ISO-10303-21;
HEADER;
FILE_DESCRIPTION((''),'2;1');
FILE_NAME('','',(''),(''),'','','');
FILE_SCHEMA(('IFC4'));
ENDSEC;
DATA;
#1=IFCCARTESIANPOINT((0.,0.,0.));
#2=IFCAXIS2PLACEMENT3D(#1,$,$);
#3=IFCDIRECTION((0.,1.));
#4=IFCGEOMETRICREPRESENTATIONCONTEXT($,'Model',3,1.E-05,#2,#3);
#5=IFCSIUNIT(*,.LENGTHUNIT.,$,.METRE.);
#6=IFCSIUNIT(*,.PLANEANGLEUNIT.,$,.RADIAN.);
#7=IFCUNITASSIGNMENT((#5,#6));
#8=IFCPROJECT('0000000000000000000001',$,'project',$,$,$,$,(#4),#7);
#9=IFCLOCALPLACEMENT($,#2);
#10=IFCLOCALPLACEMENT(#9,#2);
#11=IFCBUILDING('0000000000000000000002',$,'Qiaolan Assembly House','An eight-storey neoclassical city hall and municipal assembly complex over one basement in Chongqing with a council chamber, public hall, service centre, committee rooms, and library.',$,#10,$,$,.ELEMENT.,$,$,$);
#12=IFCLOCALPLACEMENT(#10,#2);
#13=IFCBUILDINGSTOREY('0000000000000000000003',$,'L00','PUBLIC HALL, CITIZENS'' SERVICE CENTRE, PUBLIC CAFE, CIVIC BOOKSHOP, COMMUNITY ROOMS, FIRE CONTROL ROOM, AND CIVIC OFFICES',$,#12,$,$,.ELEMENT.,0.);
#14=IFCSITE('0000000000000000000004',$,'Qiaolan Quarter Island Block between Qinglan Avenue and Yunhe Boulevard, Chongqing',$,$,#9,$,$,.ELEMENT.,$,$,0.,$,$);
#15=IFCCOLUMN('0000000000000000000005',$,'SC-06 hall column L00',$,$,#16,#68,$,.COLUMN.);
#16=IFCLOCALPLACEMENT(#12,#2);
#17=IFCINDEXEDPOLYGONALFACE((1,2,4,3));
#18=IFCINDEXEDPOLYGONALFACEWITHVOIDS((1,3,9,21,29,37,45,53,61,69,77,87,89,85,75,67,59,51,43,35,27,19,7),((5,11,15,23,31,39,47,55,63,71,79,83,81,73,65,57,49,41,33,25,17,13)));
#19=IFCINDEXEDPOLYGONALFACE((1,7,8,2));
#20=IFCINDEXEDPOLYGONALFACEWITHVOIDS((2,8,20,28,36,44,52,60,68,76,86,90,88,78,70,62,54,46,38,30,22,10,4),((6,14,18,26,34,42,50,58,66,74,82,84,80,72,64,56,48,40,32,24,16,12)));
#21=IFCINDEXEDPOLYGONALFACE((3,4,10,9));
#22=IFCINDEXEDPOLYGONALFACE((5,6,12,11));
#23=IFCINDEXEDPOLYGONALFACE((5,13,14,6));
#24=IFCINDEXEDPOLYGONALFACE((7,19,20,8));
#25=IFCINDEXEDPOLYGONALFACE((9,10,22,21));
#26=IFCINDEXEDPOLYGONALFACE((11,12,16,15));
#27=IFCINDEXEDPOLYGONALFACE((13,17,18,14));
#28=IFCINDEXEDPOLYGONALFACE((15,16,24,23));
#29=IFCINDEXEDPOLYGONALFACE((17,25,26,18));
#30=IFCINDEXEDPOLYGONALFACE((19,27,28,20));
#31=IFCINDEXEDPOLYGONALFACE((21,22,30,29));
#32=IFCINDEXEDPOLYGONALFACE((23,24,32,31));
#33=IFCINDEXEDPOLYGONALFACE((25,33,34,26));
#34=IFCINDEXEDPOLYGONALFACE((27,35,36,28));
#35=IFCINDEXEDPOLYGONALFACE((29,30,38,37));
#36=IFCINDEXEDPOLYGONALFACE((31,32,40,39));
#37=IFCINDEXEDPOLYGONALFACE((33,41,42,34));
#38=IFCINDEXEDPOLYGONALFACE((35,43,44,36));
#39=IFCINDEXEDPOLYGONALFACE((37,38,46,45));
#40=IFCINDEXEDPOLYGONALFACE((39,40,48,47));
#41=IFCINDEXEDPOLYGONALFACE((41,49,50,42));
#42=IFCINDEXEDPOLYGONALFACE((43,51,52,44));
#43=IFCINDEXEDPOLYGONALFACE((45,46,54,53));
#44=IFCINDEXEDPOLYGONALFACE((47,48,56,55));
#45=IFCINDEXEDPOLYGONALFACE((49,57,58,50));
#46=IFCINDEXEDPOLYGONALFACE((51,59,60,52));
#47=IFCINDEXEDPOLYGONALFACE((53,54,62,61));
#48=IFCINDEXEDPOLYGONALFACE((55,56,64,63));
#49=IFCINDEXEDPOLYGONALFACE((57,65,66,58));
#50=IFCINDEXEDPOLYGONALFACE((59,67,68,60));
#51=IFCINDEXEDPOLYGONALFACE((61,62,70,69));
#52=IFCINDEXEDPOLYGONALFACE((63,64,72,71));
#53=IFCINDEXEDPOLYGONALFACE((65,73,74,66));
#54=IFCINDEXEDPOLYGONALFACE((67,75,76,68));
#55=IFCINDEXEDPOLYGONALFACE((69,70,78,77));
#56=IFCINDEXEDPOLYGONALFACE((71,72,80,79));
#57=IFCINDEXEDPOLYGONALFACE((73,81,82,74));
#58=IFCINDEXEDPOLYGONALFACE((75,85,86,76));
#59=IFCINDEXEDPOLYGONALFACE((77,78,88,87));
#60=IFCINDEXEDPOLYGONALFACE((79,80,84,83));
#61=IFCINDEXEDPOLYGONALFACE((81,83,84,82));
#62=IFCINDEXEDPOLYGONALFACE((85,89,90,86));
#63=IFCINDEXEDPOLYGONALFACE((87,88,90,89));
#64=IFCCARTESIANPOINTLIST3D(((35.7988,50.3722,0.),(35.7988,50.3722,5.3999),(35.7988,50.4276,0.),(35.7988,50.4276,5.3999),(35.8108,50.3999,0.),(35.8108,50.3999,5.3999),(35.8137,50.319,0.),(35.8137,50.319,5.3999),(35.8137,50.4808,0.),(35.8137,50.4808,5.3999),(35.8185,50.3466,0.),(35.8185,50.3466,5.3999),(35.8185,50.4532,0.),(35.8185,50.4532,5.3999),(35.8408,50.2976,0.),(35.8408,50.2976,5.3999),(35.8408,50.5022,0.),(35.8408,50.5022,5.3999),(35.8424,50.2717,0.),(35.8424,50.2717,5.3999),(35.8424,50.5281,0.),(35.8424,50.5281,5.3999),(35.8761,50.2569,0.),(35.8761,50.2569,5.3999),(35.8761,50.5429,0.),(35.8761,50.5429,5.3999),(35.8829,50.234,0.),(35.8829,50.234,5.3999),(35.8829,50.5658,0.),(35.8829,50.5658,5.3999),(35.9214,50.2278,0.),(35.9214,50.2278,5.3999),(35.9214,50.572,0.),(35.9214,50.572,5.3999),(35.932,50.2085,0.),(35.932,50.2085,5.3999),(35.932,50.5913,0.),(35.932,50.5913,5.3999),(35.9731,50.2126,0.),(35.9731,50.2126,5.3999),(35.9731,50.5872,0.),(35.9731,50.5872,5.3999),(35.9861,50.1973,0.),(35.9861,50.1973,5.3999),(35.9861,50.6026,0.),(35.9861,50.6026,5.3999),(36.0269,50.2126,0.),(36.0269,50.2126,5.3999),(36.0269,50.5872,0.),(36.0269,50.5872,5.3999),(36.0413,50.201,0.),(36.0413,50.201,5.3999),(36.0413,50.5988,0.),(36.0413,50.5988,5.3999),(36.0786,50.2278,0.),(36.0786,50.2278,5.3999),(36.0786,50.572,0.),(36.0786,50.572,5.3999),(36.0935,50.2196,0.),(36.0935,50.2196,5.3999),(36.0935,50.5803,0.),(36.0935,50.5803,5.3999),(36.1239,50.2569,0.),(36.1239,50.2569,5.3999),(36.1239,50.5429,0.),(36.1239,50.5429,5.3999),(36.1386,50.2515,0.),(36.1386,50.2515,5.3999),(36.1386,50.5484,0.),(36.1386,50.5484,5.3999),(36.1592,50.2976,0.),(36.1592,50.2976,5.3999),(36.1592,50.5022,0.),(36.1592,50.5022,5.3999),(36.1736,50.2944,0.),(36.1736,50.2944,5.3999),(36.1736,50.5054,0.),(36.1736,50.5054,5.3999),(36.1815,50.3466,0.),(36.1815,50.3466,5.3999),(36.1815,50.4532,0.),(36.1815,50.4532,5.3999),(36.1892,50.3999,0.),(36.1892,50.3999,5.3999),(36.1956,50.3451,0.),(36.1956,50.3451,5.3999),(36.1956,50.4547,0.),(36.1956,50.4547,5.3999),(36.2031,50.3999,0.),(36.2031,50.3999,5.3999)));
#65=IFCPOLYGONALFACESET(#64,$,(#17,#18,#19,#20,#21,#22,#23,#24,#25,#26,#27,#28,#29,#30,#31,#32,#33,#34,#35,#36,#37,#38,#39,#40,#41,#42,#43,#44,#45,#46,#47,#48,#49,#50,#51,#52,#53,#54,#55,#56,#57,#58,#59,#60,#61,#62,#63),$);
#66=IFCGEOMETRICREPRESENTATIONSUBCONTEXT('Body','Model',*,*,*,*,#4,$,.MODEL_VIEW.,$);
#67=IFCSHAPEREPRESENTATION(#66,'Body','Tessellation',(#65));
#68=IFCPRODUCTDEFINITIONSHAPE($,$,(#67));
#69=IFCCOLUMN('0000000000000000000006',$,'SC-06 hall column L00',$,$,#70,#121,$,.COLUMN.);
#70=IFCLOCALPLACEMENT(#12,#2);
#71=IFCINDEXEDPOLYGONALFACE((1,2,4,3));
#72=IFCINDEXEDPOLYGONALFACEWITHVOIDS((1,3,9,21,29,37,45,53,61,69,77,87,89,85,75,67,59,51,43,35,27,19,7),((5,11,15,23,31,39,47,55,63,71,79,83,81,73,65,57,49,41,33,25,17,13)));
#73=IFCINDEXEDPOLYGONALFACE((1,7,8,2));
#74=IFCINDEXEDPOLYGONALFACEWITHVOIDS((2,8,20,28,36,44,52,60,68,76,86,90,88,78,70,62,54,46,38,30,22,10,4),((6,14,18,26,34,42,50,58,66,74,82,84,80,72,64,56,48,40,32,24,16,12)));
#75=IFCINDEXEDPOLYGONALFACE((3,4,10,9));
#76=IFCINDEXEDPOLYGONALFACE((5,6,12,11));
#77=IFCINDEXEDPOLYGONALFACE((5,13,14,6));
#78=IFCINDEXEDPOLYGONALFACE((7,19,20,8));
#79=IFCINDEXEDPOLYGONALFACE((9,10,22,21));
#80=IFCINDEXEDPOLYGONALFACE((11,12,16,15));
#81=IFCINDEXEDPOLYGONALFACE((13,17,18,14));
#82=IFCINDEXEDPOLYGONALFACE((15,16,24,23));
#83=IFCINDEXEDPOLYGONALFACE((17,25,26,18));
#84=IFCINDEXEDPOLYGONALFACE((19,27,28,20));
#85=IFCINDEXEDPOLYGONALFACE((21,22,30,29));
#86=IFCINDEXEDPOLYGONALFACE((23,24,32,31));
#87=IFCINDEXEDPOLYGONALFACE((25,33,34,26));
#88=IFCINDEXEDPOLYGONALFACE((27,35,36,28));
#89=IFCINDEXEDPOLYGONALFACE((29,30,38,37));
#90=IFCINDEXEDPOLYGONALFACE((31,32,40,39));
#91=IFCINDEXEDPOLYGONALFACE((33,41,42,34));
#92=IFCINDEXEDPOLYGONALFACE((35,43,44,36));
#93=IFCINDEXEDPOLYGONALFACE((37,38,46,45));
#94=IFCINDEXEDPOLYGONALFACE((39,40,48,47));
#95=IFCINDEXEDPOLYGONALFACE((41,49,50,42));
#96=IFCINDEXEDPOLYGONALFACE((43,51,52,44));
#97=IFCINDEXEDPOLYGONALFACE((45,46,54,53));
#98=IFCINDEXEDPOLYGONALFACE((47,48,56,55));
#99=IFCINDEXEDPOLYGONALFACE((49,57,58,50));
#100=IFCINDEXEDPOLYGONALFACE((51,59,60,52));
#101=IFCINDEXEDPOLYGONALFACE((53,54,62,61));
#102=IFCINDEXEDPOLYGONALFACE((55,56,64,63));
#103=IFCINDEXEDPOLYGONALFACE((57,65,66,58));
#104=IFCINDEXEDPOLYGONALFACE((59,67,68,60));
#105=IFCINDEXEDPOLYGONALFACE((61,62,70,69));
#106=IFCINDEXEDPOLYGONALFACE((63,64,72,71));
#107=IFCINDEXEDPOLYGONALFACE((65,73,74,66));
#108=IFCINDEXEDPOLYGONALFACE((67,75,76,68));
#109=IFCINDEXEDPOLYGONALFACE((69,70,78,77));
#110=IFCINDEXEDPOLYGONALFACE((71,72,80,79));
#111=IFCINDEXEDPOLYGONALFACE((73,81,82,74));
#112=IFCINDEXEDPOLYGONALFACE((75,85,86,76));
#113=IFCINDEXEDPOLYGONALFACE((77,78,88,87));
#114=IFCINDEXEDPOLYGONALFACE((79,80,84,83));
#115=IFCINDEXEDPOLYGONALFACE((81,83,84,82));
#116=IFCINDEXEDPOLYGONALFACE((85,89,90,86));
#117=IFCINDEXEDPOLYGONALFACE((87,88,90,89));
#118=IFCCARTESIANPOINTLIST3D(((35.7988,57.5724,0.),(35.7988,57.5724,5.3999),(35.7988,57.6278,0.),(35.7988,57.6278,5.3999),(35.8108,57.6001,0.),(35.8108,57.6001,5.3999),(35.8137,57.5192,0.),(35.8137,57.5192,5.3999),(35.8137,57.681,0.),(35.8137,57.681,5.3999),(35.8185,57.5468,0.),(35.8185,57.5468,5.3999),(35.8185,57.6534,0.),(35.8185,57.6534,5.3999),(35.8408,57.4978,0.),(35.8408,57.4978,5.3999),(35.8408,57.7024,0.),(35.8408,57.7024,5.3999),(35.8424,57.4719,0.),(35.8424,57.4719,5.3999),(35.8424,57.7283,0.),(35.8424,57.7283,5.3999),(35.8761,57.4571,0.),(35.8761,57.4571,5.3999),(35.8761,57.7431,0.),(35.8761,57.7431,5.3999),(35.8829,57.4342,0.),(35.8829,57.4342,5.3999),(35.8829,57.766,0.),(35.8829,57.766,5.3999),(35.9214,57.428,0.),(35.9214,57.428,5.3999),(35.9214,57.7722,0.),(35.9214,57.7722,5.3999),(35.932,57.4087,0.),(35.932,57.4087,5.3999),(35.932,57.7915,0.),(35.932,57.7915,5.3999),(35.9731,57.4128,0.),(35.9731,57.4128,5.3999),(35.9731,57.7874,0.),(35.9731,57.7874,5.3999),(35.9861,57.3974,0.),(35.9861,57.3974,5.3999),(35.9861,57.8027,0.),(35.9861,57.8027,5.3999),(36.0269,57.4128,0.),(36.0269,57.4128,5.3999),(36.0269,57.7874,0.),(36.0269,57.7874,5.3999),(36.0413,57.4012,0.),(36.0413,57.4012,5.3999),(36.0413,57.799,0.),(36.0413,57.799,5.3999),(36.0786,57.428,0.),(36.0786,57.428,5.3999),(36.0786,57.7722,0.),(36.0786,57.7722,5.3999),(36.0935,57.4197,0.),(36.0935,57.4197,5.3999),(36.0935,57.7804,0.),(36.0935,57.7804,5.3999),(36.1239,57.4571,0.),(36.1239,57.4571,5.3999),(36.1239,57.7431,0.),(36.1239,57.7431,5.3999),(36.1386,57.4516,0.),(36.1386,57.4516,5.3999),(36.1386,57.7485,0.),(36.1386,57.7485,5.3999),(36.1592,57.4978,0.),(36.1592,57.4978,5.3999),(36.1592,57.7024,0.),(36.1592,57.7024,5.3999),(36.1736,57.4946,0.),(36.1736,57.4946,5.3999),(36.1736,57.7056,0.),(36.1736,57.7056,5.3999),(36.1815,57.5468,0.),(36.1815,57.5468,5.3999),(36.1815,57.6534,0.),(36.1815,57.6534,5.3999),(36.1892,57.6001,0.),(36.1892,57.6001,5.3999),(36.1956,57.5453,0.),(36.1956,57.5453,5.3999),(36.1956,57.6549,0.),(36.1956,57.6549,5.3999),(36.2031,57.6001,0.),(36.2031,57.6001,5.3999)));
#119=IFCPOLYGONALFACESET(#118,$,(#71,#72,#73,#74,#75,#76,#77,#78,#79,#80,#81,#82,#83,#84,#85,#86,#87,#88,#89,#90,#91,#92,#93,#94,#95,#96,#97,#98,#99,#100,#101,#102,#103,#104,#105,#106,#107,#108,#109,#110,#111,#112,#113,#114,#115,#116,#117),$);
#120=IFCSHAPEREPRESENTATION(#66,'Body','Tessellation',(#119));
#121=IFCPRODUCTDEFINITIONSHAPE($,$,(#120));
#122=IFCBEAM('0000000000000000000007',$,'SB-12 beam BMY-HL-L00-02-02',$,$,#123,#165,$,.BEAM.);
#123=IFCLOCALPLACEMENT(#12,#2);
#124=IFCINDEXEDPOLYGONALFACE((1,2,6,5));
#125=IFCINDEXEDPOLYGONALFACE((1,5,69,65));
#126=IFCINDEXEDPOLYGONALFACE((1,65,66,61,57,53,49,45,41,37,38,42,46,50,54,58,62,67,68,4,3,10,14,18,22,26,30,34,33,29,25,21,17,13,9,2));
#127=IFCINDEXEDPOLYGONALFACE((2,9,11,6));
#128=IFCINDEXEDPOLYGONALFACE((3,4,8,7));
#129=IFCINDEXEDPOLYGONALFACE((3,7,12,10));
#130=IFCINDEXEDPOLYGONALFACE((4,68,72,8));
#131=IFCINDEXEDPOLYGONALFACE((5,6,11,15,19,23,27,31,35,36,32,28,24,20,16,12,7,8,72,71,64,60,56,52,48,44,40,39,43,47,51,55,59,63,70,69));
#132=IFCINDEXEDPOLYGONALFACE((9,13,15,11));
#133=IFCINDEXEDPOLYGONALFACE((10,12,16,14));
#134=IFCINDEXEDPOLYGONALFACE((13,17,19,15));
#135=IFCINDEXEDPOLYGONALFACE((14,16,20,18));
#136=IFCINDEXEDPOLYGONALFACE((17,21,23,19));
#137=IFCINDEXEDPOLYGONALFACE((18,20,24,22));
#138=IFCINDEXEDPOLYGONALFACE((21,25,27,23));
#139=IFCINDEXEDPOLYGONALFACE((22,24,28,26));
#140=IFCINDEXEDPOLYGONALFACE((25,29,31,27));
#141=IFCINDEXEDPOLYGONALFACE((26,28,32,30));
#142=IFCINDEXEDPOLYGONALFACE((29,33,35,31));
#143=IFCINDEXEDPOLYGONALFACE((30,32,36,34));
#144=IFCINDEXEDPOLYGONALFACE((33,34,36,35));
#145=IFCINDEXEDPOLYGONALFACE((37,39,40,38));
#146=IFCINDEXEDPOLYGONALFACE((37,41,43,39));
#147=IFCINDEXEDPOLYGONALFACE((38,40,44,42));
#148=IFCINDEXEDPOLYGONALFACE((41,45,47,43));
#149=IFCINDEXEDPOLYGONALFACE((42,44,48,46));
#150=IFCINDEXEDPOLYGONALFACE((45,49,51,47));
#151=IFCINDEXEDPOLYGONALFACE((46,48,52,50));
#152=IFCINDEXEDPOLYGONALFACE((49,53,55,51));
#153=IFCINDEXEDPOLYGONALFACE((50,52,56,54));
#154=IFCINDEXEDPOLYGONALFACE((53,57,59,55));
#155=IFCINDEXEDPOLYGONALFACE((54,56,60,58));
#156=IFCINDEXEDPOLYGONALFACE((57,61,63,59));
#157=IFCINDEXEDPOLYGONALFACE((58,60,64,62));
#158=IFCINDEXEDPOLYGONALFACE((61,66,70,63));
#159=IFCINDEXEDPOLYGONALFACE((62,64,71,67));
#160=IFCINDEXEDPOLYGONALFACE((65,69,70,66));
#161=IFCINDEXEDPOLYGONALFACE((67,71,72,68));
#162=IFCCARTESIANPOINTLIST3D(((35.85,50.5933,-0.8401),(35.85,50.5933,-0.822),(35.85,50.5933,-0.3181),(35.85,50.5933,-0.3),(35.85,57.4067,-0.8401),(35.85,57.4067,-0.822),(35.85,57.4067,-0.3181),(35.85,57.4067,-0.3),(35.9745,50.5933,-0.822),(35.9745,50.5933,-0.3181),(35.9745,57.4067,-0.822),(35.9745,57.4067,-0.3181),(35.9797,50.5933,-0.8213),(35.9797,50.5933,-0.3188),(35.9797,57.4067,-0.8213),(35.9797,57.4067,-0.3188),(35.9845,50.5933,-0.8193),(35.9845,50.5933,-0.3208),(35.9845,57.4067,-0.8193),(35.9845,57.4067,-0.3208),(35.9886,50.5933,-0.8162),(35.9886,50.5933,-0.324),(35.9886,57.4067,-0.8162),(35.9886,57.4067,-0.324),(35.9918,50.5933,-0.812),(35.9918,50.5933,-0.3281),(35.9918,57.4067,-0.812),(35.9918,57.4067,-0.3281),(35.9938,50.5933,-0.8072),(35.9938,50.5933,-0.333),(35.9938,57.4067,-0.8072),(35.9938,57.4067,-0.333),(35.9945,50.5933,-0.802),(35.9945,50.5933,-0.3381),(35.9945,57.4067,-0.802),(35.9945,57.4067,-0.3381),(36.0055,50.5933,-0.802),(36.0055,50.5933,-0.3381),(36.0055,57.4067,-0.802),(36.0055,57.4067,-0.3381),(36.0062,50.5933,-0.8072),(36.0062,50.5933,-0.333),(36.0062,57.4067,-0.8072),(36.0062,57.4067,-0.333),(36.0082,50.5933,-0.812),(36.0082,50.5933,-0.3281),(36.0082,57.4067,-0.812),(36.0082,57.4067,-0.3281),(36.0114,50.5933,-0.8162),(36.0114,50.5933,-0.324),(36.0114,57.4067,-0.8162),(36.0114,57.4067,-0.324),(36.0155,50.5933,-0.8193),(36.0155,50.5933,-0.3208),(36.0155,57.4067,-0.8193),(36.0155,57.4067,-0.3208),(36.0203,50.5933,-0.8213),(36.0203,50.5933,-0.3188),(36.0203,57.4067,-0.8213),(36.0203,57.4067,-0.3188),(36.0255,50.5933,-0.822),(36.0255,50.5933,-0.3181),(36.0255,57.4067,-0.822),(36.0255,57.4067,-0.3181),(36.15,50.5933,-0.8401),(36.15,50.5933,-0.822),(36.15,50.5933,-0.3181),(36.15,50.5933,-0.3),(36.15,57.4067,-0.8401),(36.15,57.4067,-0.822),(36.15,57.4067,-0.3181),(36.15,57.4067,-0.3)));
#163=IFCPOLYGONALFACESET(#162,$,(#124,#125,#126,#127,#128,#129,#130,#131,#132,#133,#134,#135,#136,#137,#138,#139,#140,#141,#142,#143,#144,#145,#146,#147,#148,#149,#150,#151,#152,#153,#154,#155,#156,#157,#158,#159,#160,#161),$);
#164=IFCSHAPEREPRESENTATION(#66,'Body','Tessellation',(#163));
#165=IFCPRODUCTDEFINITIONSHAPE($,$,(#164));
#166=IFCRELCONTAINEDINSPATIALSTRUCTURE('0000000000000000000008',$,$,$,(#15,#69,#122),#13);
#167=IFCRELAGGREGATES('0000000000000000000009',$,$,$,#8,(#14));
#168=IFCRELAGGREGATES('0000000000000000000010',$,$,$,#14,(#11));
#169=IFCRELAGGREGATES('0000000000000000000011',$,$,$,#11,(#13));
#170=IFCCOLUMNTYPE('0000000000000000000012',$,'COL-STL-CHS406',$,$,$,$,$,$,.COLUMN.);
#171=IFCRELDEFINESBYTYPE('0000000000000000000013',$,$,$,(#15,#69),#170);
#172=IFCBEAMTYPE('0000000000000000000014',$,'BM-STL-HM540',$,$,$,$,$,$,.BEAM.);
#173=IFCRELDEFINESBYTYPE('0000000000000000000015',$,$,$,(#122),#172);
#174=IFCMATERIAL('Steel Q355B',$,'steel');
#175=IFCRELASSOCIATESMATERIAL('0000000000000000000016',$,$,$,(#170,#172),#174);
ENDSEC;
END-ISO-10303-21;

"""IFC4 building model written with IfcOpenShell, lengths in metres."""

from ifc_helpers import new_model, si_unit, direction, frame, origin, origin_2d, place, context, subcontext, project, spatial, hollow_circle, i_section, extrude, material, material_profile, profile_set, type_object, element, save


model = new_model("IFC4")

# Units and contexts
model_context = context("Model", 3, precision=1e-05, world=origin(), true_north=direction((0.0, 1.0)))
body_context = subcontext(model_context, "Body", "Model", "MODEL_VIEW")
ifc_project = project(units=[si_unit("LENGTHUNIT", "METRE"), si_unit("PLANEANGLEUNIT", "RADIAN")], contexts=[model_context])

# Site, building, storey
site_placement = place(None, origin())
site = spatial("IfcSite", under=ifc_project, at=site_placement, Name="Qiaolan Quarter Island Block between Qinglan Avenue and Yunhe Boulevard, Chongqing", CompositionType="ELEMENT", RefElevation=0.0)
building_placement = place(site_placement, origin())
building = spatial("IfcBuilding", under=site, at=building_placement, Name="Qiaolan Assembly House", Description="An eight-storey neoclassical city hall and municipal assembly complex over one basement in Chongqing with a council chamber, public hall, service centre, committee rooms, and library.", CompositionType="ELEMENT")
storey_placement = place(building_placement, origin())
storey = spatial("IfcBuildingStorey", under=building, at=storey_placement, Name="L00", Description="PUBLIC HALL, CITIZENS' SERVICE CENTRE, PUBLIC CAFE, CIVIC BOOKSHOP, COMMUNITY ROOMS, FIRE CONTROL ROOM, AND CIVIC OFFICES", CompositionType="ELEMENT", Elevation=0.0)

# Columns
ifc_material_1 = material(Name="Steel Q355B", Category="steel")
ifc_material_profile_1 = material_profile(ifc_material_1, hollow_circle(Radius=0.2031, WallThickness=0.0139, at=origin_2d()), Name="CHS 406.4x14")
ifc_profile_set_1 = profile_set([ifc_material_profile_1], Name="Steel Q355B")
column_type = type_object("IfcColumnType", Name="COL-STL-CHS406", PredefinedType="COLUMN", material=ifc_profile_set_1)
for number, where, z_axis, x_axis, name in (
    (1, (36.0, 50.3999, 0.0), (0.0, 0.0, 1.0), (1.0, 0.0, 0.0), "SC-06 hall column L00"),
    (2, (36.0, 57.6001, 0.0), (0.0, 0.0, 1.0), (1.0, 0.0, 0.0), "SC-06 hall column L00"),
):
    element("IfcColumn", number, at=place(storey_placement, frame(where, z_axis=z_axis, x_axis=x_axis)), inside=storey, type_object=column_type, Name=name, PredefinedType="COLUMN", context=body_context, shape_type="SweptSolid", body=[
        extrude(hollow_circle(Radius=0.2031, WallThickness=0.0139, at=origin_2d()), origin(), (0.0, 0.0, 1.0), 5.3999),
    ])

# Beam
ifc_material_profile_2 = material_profile(ifc_material_1, i_section(OverallWidth=0.3, OverallDepth=0.54, WebThickness=0.011, FlangeThickness=0.0181, FilletRadius=0.02, at=origin_2d()), Name="HM 540x300x11x18")
ifc_profile_set_2 = profile_set([ifc_material_profile_2], Name="Steel Q355B")
beam_type_1 = type_object("IfcBeamType", Name="BM-STL-HM540", PredefinedType="BEAM", material=ifc_profile_set_2)
for number, where, z_axis, x_axis, name in (
    (3, (36.0, 50.5933, -0.5701), (0.0, 1.0, 0.0), (-1.0, 0.0, 0.0), "SB-12 beam BMY-HL-L00-02-02"),
):
    element("IfcBeam", number, at=place(storey_placement, frame(where, z_axis=z_axis, x_axis=x_axis)), inside=storey, type_object=beam_type_1, Name=name, PredefinedType="BEAM", context=body_context, shape_type="SweptSolid", body=[
        extrude(i_section(OverallWidth=0.3, OverallDepth=0.54, WebThickness=0.011, FlangeThickness=0.0181, FilletRadius=0.02, at=origin_2d()), origin(), (0.0, 0.0, 1.0), 6.8135),
    ])

save(model, "model.ifc")
